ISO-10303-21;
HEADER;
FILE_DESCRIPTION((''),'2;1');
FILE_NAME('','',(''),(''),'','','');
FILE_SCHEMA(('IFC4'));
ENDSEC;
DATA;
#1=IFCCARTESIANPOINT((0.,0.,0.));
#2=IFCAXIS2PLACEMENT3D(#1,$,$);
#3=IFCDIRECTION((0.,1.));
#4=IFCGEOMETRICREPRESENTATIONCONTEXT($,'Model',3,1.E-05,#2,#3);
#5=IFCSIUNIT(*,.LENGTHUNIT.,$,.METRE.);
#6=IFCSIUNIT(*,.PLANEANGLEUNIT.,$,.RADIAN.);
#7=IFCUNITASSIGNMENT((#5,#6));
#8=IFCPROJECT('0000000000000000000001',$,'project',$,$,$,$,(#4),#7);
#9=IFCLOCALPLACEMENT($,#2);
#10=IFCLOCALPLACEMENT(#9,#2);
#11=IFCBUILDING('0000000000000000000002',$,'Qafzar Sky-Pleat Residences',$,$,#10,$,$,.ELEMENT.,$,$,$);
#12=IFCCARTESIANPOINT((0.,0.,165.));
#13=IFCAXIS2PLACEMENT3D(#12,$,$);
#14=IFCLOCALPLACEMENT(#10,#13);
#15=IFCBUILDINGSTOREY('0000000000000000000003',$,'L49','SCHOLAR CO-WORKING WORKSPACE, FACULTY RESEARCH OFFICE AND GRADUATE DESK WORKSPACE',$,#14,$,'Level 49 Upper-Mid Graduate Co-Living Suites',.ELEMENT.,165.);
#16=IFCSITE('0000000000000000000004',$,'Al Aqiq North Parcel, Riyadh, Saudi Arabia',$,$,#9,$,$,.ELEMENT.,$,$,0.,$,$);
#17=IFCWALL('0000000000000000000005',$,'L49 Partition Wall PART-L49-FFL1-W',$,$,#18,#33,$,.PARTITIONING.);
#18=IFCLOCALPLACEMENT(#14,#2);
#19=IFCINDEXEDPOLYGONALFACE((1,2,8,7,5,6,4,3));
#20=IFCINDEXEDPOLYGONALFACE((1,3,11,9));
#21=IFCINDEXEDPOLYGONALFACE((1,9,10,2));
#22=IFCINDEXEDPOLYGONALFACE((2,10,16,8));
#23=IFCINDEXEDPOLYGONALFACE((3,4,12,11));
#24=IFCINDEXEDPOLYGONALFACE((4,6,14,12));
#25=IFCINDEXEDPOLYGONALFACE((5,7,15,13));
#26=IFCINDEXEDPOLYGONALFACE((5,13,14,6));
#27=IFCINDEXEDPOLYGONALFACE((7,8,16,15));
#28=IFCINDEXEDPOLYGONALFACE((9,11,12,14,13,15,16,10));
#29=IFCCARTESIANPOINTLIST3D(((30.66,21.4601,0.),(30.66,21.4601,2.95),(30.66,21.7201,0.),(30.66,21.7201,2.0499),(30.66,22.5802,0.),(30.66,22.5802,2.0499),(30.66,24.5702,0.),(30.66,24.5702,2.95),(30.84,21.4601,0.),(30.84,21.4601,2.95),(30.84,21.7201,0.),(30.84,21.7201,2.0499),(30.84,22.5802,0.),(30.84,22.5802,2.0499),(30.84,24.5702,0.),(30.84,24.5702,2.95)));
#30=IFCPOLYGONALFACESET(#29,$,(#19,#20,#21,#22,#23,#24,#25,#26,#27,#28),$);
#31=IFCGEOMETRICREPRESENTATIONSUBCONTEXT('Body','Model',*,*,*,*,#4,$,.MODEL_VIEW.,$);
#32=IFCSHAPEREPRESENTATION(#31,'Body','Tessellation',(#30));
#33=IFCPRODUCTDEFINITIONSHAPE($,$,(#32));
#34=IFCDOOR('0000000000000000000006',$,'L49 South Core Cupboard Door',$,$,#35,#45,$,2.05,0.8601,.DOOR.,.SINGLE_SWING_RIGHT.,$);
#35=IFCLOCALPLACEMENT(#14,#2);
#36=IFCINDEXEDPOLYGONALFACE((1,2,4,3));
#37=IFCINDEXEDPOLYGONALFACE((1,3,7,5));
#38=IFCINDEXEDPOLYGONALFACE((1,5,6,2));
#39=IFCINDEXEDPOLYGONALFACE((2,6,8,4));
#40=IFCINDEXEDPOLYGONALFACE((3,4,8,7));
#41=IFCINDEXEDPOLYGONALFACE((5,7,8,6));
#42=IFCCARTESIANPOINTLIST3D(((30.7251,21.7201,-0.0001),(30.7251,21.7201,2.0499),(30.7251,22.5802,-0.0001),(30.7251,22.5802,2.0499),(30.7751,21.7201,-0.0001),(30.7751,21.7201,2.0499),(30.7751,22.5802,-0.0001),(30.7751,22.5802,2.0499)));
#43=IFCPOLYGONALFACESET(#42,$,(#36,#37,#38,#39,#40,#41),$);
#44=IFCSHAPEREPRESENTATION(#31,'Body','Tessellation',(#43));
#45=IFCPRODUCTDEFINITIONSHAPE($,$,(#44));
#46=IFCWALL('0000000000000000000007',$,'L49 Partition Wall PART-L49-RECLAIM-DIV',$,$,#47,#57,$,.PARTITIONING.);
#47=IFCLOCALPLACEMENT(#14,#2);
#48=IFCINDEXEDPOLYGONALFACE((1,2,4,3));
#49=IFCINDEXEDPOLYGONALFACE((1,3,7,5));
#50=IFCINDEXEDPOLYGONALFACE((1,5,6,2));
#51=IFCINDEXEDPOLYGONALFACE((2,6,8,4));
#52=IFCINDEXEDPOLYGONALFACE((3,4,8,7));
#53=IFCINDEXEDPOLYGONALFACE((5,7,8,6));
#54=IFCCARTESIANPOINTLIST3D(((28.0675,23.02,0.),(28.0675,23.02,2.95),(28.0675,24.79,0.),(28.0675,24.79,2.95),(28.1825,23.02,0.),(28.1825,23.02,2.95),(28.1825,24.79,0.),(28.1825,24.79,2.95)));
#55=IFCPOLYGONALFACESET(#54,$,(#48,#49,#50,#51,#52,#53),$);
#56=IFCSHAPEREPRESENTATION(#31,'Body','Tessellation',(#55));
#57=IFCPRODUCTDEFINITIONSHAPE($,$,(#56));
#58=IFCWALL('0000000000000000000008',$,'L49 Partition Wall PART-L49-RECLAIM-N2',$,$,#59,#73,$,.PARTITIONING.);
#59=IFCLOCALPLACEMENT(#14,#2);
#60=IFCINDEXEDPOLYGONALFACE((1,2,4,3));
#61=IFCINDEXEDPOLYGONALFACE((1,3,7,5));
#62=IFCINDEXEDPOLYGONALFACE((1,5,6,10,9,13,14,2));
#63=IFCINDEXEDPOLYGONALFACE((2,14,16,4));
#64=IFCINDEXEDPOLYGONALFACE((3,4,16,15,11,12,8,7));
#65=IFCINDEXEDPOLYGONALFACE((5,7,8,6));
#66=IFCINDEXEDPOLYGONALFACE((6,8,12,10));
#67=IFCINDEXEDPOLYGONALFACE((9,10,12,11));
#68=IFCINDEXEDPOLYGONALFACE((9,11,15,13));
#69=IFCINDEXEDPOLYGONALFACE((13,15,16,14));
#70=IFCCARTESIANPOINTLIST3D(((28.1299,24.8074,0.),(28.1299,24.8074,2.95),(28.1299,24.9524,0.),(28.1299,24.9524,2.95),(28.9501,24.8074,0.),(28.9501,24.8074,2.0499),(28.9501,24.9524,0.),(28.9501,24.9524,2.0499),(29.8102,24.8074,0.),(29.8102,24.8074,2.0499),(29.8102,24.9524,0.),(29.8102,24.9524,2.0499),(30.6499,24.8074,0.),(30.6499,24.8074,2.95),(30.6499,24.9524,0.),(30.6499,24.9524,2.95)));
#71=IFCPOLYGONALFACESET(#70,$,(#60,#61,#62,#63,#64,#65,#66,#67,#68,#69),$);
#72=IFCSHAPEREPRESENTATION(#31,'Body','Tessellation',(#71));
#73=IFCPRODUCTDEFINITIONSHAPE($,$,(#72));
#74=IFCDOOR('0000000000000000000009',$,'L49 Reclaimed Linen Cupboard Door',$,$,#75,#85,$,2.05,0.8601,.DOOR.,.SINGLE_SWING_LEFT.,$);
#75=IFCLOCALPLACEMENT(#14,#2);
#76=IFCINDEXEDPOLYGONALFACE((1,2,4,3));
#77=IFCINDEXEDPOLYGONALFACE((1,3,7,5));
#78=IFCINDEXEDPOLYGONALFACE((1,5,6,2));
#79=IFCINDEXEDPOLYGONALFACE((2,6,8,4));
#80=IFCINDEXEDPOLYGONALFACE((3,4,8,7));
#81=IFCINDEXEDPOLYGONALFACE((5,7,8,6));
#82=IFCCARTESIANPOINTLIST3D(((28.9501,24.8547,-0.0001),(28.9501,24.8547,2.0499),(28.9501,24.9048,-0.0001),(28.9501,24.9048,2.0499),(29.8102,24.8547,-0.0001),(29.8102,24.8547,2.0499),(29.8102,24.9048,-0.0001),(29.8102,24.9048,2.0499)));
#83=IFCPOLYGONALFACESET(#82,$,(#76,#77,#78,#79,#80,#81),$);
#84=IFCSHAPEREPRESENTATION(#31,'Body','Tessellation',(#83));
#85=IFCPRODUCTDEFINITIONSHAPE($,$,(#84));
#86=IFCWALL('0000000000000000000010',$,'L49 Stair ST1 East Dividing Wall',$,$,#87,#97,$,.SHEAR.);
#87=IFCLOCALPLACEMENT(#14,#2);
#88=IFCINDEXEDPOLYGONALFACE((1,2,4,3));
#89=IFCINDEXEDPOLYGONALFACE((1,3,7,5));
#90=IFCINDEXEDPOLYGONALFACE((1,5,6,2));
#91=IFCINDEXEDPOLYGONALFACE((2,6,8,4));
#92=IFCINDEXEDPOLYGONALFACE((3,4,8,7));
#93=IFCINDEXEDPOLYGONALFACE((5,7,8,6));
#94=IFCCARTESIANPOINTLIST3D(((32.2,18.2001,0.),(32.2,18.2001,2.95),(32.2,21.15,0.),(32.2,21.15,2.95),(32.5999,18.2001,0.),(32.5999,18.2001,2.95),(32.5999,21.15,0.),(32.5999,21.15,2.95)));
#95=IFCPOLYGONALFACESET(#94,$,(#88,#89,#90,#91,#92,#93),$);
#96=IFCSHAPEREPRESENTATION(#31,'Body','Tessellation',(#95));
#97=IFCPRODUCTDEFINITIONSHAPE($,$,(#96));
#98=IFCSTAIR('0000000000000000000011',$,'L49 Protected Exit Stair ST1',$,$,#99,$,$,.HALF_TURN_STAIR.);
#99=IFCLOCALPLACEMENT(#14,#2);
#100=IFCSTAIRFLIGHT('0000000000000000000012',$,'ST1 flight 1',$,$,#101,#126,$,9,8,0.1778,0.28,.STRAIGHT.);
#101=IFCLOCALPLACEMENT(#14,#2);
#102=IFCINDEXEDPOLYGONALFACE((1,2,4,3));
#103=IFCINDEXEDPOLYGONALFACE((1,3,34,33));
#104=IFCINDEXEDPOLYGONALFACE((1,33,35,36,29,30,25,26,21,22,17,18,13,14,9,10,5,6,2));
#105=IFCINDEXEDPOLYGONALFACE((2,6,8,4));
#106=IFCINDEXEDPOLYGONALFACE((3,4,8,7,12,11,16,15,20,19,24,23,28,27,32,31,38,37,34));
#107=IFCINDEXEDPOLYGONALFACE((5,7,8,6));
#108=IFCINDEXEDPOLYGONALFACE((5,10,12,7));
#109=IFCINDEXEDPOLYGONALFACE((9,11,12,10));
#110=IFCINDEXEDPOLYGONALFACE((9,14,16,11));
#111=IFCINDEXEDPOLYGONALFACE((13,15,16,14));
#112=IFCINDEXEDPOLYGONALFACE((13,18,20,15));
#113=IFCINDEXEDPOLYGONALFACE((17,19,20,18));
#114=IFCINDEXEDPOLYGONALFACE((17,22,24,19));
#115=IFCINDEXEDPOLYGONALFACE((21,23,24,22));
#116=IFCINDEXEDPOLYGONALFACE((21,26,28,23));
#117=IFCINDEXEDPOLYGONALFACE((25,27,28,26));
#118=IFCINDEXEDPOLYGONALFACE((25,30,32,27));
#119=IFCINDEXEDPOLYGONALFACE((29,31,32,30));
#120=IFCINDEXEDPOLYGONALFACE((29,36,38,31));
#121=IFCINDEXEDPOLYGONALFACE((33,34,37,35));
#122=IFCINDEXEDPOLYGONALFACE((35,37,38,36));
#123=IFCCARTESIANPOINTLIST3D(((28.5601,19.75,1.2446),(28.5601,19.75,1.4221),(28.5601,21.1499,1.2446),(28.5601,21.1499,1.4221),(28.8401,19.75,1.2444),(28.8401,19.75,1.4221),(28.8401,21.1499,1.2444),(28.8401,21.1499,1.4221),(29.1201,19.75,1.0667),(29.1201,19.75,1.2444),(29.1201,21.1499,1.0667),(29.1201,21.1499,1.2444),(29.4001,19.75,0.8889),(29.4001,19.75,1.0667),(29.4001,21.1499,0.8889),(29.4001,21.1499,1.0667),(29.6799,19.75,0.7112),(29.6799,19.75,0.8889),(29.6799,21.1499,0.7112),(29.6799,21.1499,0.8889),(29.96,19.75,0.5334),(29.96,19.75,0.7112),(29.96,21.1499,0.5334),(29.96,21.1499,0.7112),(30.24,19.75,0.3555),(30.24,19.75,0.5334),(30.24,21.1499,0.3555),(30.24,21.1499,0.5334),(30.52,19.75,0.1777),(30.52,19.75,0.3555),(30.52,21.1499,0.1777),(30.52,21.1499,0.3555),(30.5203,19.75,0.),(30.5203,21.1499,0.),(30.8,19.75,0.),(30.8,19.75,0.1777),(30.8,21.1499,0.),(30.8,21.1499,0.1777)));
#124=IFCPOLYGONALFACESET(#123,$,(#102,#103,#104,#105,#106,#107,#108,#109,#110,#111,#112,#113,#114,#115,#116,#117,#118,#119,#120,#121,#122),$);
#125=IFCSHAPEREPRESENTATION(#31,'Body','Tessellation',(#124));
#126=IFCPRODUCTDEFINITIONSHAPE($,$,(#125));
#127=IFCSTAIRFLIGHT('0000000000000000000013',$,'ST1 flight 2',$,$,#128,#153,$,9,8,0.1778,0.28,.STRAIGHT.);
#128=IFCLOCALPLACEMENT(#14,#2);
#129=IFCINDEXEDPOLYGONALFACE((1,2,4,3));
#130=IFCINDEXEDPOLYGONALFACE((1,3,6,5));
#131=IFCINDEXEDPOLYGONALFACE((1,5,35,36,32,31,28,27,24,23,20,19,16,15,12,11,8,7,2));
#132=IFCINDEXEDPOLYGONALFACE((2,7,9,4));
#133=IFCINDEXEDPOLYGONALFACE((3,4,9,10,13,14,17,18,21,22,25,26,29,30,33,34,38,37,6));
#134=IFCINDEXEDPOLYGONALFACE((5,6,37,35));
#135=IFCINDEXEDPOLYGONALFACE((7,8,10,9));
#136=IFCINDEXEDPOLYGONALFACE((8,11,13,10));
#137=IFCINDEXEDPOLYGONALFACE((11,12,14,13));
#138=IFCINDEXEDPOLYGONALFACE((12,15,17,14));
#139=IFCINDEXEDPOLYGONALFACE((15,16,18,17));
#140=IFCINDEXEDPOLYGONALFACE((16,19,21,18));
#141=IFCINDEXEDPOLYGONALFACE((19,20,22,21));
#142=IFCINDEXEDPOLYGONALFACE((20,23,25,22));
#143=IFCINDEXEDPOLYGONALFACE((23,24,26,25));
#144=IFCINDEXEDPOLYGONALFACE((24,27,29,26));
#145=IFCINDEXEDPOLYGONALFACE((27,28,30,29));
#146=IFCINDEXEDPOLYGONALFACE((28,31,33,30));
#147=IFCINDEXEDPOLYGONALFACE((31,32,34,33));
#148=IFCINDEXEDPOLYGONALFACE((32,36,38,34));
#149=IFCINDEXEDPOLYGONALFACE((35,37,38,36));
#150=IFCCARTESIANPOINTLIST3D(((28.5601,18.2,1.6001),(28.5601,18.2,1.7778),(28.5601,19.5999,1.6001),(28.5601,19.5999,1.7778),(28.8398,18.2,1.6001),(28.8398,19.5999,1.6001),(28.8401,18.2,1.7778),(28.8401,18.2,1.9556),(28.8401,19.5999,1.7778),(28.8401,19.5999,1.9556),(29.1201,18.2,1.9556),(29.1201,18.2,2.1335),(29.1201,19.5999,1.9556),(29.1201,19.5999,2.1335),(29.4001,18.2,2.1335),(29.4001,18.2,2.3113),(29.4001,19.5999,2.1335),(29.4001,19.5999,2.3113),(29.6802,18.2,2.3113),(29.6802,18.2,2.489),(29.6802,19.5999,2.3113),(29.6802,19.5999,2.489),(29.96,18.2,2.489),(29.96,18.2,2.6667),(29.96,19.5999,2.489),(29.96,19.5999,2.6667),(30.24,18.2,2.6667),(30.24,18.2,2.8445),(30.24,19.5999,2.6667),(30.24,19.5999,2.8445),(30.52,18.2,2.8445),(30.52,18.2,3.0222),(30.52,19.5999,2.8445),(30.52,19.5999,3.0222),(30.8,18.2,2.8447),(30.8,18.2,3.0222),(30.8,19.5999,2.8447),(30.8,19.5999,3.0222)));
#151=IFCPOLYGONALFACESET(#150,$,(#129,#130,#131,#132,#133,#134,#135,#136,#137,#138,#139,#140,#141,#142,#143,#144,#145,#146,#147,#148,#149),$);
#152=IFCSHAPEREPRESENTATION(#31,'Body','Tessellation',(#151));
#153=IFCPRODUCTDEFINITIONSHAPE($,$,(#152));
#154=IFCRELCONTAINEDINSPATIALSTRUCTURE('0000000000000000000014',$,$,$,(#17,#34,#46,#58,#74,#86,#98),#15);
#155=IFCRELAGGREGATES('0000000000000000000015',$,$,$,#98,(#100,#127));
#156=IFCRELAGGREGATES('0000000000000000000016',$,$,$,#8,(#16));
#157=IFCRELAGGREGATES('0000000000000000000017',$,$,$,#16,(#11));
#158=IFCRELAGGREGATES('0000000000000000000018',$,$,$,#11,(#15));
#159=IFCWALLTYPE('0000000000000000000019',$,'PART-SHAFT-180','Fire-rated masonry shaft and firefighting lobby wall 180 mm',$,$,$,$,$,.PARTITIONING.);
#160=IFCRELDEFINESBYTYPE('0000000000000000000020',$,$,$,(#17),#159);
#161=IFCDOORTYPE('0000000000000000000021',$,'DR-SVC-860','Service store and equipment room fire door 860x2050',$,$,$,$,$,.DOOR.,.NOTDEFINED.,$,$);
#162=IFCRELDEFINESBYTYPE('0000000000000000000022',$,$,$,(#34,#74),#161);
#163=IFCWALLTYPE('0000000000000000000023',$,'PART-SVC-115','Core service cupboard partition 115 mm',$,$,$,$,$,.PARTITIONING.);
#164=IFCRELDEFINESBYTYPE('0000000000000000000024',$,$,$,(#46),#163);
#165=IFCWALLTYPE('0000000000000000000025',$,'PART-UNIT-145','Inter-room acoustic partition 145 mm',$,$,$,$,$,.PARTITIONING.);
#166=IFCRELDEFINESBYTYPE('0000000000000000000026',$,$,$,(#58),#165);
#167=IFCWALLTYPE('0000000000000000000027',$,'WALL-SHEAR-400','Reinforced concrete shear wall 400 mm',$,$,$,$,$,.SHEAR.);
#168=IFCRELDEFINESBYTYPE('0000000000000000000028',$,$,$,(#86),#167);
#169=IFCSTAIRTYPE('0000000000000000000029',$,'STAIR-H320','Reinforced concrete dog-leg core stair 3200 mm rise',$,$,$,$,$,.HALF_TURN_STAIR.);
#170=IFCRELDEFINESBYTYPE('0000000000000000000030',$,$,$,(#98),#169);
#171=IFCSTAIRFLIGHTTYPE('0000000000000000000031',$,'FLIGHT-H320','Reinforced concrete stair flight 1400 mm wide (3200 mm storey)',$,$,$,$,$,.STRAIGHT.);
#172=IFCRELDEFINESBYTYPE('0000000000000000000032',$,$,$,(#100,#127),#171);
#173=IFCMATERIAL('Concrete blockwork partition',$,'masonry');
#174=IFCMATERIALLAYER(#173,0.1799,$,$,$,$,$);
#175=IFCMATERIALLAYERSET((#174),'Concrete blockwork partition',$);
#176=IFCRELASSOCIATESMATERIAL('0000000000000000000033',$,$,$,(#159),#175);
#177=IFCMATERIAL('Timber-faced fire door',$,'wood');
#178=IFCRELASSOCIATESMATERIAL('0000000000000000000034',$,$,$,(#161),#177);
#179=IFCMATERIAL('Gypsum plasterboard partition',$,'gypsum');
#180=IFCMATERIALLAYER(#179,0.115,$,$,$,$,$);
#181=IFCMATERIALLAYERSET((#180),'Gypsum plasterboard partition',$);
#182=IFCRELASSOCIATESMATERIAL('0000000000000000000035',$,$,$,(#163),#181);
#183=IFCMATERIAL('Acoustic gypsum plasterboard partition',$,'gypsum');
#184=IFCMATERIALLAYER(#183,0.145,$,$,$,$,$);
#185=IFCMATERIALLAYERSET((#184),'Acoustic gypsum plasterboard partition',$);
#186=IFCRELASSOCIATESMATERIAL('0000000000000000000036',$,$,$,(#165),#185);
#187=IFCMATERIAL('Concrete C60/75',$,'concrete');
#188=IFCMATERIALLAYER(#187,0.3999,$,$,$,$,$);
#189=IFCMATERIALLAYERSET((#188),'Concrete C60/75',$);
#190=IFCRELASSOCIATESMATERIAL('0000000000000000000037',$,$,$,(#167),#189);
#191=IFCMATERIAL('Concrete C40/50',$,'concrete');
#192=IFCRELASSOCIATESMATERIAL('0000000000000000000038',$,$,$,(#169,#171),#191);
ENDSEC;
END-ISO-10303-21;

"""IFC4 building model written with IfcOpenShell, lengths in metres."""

from ifc_helpers import new_model, si_unit, direction, frame, frame_2d, origin, place, context, subcontext, project, spatial, polyline, rectangle, outline, extrude, source, transform, mapped, material, layer, layer_set, type_object, element, fill, aggregate, save


model = new_model("IFC4")

# Units and contexts
model_context = context("Model", 3, precision=1e-05, world=origin(), true_north=direction((0.0, 1.0)))
body_context = subcontext(model_context, "Body", "Model", "MODEL_VIEW")
ifc_project = project(units=[si_unit("LENGTHUNIT", "METRE"), si_unit("PLANEANGLEUNIT", "RADIAN")], contexts=[model_context])

# Site, building, storey
site_placement = place(None, origin())
site = spatial("IfcSite", under=ifc_project, at=site_placement, Name="Al Aqiq North Parcel, Riyadh, Saudi Arabia", CompositionType="ELEMENT", RefElevation=0.0)
building_placement = place(site_placement, origin())
building = spatial("IfcBuilding", under=site, at=building_placement, Name="Qafzar Sky-Pleat Residences", CompositionType="ELEMENT")
storey_placement = place(building_placement, frame((0.0, 0.0, 165.0)))
storey = spatial("IfcBuildingStorey", under=building, at=storey_placement, Name="L49", Description="SCHOLAR CO-WORKING WORKSPACE, FACULTY RESEARCH OFFICE AND GRADUATE DESK WORKSPACE", LongName="Level 49 Upper-Mid Graduate Co-Living Suites", CompositionType="ELEMENT", Elevation=165.0)

# Wall, opening, door
ifc_material_1 = material(Name="Concrete blockwork partition", Category="masonry")
ifc_layer_1 = layer(ifc_material_1, 0.1799)
ifc_layer_set_1 = layer_set([ifc_layer_1], Name="Concrete blockwork partition")
wall_type_1 = type_object("IfcWallType", Name="PART-SHAFT-180", Description="Fire-rated masonry shaft and firefighting lobby wall 180 mm", PredefinedType="PARTITIONING", material=ifc_layer_set_1)
wall_1_placement = place(storey_placement, frame((30.75, 21.46, 0.0), z_axis=(0.0, 0.0, 1.0), x_axis=(0.0, 1.0, 0.0)))
wall_1 = element("IfcWall", 1, at=wall_1_placement, inside=storey, type_object=wall_type_1, Name="L49 Partition Wall PART-L49-FFL1-W", PredefinedType="PARTITIONING", context=body_context, shape_type="SweptSolid", body=[
    extrude(rectangle(XDim=3.1101, YDim=0.1799, at=frame_2d((1.5552, 0.0))), origin(), (0.0, 0.0, 1.0), 2.95),
])
opening_1_placement = place(wall_1_placement, frame((0.26, 0.0, 0.0)))
opening_1 = element("IfcOpeningElement", 2, at=opening_1_placement, cuts=wall_1, PredefinedType="OPENING", context=body_context, shape_type="SweptSolid", body=[
    extrude(rectangle(XDim=0.8601, YDim=2.05, at=frame_2d((0.4302, 1.0249))), frame((0.0, 0.1001, 0.0), z_axis=(0.0, -1.0, 0.0), x_axis=(1.0, 0.0, 0.0)), (0.0, 0.0, 1.0), 0.2),
])
ifc_material_2 = material(Name="Timber-faced fire door", Category="wood")
door_type_1 = type_object("IfcDoorType", Name="DR-SVC-860", Description="Service store and equipment room fire door 860x2050", OperationType="NOTDEFINED", PredefinedType="DOOR", material=ifc_material_2)
shared_shape_1 = source(origin(), body_context, "Body", "SweptSolid", [
    extrude(rectangle(XDim=0.8601, YDim=2.05, at=frame_2d((0.4302, 1.0249))), frame((0.0, 0.0249, 0.0), z_axis=(0.0, -1.0, 0.0), x_axis=(1.0, 0.0, 0.0)), (0.0, 0.0, 1.0), 0.05),
])
door_1_placement = place(opening_1_placement, origin())
door_1 = element("IfcDoor", 3, at=door_1_placement, inside=storey, type_object=door_type_1, Name="L49 South Core Cupboard Door", OperationType="SINGLE_SWING_RIGHT", OverallHeight=2.05, OverallWidth=0.8601, PredefinedType="DOOR", context=body_context, shape_type="MappedRepresentation", body=[
    mapped(shared_shape_1, transform((0.0, 0.0, 0.0), x_axis=(1.0, 0.0, 0.0), y_axis=(0.0, 1.0, 0.0), z_axis=(0.0, 0.0, 1.0), scale=1.0)),
])
fill(opening_1, door_1)

# Wall
ifc_material_3 = material(Name="Gypsum plasterboard partition", Category="gypsum")
ifc_layer_2 = layer(ifc_material_3, 0.115)
ifc_layer_set_2 = layer_set([ifc_layer_2], Name="Gypsum plasterboard partition")
wall_type_2 = type_object("IfcWallType", Name="PART-SVC-115", Description="Core service cupboard partition 115 mm", PredefinedType="PARTITIONING", material=ifc_layer_set_2)
wall_2_placement = place(storey_placement, frame((28.125, 23.02, 0.0), z_axis=(0.0, 0.0, 1.0), x_axis=(0.0, 1.0, 0.0)))
element("IfcWall", 4, at=wall_2_placement, inside=storey, type_object=wall_type_2, Name="L49 Partition Wall PART-L49-RECLAIM-DIV", PredefinedType="PARTITIONING", context=body_context, shape_type="SweptSolid", body=[
    extrude(rectangle(XDim=1.77, YDim=0.115, at=frame_2d((0.885, 0.0))), origin(), (0.0, 0.0, 1.0), 2.95),
])

# Wall, opening, door
ifc_material_4 = material(Name="Acoustic gypsum plasterboard partition", Category="gypsum")
ifc_layer_3 = layer(ifc_material_4, 0.145)
ifc_layer_set_3 = layer_set([ifc_layer_3], Name="Acoustic gypsum plasterboard partition")
wall_type_3 = type_object("IfcWallType", Name="PART-UNIT-145", Description="Inter-room acoustic partition 145 mm", PredefinedType="PARTITIONING", material=ifc_layer_set_3)
wall_3_placement = place(storey_placement, frame((28.1299, 24.8799, 0.0), z_axis=(0.0, 0.0, 1.0), x_axis=(1.0, 0.0, 0.0)))
wall_3 = element("IfcWall", 5, at=wall_3_placement, inside=storey, type_object=wall_type_3, Name="L49 Partition Wall PART-L49-RECLAIM-N2", PredefinedType="PARTITIONING", context=body_context, shape_type="SweptSolid", body=[
    extrude(rectangle(XDim=2.52, YDim=0.145, at=frame_2d((1.26, 0.0))), origin(), (0.0, 0.0, 1.0), 2.95),
])
opening_2_placement = place(wall_3_placement, frame((0.8201, 0.0, 0.0)))
opening_2 = element("IfcOpeningElement", 6, at=opening_2_placement, cuts=wall_3, PredefinedType="OPENING", context=body_context, shape_type="SweptSolid", body=[
    extrude(rectangle(XDim=0.8601, YDim=2.05, at=frame_2d((0.4302, 1.0249))), frame((0.0, 0.0825, 0.0), z_axis=(0.0, -1.0, 0.0), x_axis=(1.0, 0.0, 0.0)), (0.0, 0.0, 1.0), 0.165),
])
door_2_placement = place(opening_2_placement, origin())
door_2 = element("IfcDoor", 7, at=door_2_placement, inside=storey, type_object=door_type_1, Name="L49 Reclaimed Linen Cupboard Door", OperationType="SINGLE_SWING_LEFT", OverallHeight=2.05, OverallWidth=0.8601, PredefinedType="DOOR", context=body_context, shape_type="MappedRepresentation", body=[
    mapped(shared_shape_1, transform((0.0, 0.0, 0.0), x_axis=(1.0, 0.0, 0.0), y_axis=(0.0, 1.0, 0.0), z_axis=(0.0, 0.0, 1.0), scale=1.0)),
])
fill(opening_2, door_2)

# Wall
ifc_material_5 = material(Name="Concrete C60/75", Category="concrete")
ifc_layer_4 = layer(ifc_material_5, 0.3999)
ifc_layer_set_4 = layer_set([ifc_layer_4], Name="Concrete C60/75")
wall_type_4 = type_object("IfcWallType", Name="WALL-SHEAR-400", Description="Reinforced concrete shear wall 400 mm", PredefinedType="SHEAR", material=ifc_layer_set_4)
wall_4_placement = place(storey_placement, frame((32.3999, 18.2, 0.0), z_axis=(0.0, 0.0, 1.0), x_axis=(0.0, 1.0, 0.0)))
element("IfcWall", 8, at=wall_4_placement, inside=storey, type_object=wall_type_4, Name="L49 Stair ST1 East Dividing Wall", PredefinedType="SHEAR", context=body_context, shape_type="SweptSolid", body=[
    extrude(rectangle(XDim=2.95, YDim=0.3999, at=frame_2d((1.4751, 0.0))), origin(), (0.0, 0.0, 1.0), 2.95),
])

# Stair, stair flights
ifc_material_6 = material(Name="Concrete C40/50", Category="concrete")
stair_type = type_object("IfcStairType", Name="STAIR-H320", Description="Reinforced concrete dog-leg core stair 3200 mm rise", PredefinedType="HALF_TURN_STAIR", material=ifc_material_6)
stair_placement = place(storey_placement, origin())
stair = element("IfcStair", 9, at=stair_placement, inside=storey, type_object=stair_type, Name="L49 Protected Exit Stair ST1", PredefinedType="HALF_TURN_STAIR")
stair_flight_type = type_object("IfcStairFlightType", Name="FLIGHT-H320", Description="Reinforced concrete stair flight 1400 mm wide (3200 mm storey)", PredefinedType="STRAIGHT", material=ifc_material_6)
shared_shape_2 = source(origin(), body_context, "Body", "SweptSolid", [
    extrude(outline(polyline([(0.0, 0.0), (0.0, 0.1777), (0.28, 0.1777), (0.28, 0.3555), (0.5601, 0.3555), (0.5601, 0.5334), (0.8401, 0.5334), (0.8401, 0.7112), (1.1201, 0.7112), (1.1201, 0.8889), (1.3999, 0.8889), (1.3999, 1.0667), (1.6799, 1.0667), (1.6799, 1.2444), (1.96, 1.2444), (1.96, 1.4221), (2.24, 1.4221), (2.24, 1.6001), (2.24, 1.2446), (0.2798, 0.0), (0.0, 0.0)])), frame((0.0, 0.7, 0.0), z_axis=(0.0, -1.0, 0.0), x_axis=(1.0, 0.0, 0.0)), (0.0, 0.0, 1.0), 1.3999),
])
stair_flight_1_placement = place(storey_placement, frame((30.8, 20.45, 0.0), z_axis=(0.0, 0.0, 1.0), x_axis=(-1.0, 0.0, 0.0)))
stair_flight_1 = element("IfcStairFlight", 10, at=stair_flight_1_placement, type_object=stair_flight_type, Name="ST1 flight 1", NumberOfRisers=9, NumberOfTreads=8, PredefinedType="STRAIGHT", RiserHeight=0.1778, TreadLength=0.28, context=body_context, shape_type="MappedRepresentation", body=[
    mapped(shared_shape_2, transform((0.0, 0.0, 0.0), x_axis=(1.0, 0.0, 0.0), y_axis=(0.0, 1.0, 0.0), z_axis=(0.0, 0.0, 1.0), scale=1.0)),
])
stair_flight_2_placement = place(storey_placement, frame((28.5601, 18.8999, 1.6001), z_axis=(0.0, 0.0, 1.0), x_axis=(1.0, 0.0, 0.0)))
stair_flight_2 = element("IfcStairFlight", 11, at=stair_flight_2_placement, type_object=stair_flight_type, Name="ST1 flight 2", NumberOfRisers=9, NumberOfTreads=8, PredefinedType="STRAIGHT", RiserHeight=0.1778, TreadLength=0.28, context=body_context, shape_type="MappedRepresentation", body=[
    mapped(shared_shape_2, transform((0.0, 0.0, 0.0), x_axis=(1.0, 0.0, 0.0), y_axis=(0.0, 1.0, 0.0), z_axis=(0.0, 0.0, 1.0), scale=1.0)),
])
aggregate(stair, [stair_flight_1, stair_flight_2])

save(model, "model.ifc")
